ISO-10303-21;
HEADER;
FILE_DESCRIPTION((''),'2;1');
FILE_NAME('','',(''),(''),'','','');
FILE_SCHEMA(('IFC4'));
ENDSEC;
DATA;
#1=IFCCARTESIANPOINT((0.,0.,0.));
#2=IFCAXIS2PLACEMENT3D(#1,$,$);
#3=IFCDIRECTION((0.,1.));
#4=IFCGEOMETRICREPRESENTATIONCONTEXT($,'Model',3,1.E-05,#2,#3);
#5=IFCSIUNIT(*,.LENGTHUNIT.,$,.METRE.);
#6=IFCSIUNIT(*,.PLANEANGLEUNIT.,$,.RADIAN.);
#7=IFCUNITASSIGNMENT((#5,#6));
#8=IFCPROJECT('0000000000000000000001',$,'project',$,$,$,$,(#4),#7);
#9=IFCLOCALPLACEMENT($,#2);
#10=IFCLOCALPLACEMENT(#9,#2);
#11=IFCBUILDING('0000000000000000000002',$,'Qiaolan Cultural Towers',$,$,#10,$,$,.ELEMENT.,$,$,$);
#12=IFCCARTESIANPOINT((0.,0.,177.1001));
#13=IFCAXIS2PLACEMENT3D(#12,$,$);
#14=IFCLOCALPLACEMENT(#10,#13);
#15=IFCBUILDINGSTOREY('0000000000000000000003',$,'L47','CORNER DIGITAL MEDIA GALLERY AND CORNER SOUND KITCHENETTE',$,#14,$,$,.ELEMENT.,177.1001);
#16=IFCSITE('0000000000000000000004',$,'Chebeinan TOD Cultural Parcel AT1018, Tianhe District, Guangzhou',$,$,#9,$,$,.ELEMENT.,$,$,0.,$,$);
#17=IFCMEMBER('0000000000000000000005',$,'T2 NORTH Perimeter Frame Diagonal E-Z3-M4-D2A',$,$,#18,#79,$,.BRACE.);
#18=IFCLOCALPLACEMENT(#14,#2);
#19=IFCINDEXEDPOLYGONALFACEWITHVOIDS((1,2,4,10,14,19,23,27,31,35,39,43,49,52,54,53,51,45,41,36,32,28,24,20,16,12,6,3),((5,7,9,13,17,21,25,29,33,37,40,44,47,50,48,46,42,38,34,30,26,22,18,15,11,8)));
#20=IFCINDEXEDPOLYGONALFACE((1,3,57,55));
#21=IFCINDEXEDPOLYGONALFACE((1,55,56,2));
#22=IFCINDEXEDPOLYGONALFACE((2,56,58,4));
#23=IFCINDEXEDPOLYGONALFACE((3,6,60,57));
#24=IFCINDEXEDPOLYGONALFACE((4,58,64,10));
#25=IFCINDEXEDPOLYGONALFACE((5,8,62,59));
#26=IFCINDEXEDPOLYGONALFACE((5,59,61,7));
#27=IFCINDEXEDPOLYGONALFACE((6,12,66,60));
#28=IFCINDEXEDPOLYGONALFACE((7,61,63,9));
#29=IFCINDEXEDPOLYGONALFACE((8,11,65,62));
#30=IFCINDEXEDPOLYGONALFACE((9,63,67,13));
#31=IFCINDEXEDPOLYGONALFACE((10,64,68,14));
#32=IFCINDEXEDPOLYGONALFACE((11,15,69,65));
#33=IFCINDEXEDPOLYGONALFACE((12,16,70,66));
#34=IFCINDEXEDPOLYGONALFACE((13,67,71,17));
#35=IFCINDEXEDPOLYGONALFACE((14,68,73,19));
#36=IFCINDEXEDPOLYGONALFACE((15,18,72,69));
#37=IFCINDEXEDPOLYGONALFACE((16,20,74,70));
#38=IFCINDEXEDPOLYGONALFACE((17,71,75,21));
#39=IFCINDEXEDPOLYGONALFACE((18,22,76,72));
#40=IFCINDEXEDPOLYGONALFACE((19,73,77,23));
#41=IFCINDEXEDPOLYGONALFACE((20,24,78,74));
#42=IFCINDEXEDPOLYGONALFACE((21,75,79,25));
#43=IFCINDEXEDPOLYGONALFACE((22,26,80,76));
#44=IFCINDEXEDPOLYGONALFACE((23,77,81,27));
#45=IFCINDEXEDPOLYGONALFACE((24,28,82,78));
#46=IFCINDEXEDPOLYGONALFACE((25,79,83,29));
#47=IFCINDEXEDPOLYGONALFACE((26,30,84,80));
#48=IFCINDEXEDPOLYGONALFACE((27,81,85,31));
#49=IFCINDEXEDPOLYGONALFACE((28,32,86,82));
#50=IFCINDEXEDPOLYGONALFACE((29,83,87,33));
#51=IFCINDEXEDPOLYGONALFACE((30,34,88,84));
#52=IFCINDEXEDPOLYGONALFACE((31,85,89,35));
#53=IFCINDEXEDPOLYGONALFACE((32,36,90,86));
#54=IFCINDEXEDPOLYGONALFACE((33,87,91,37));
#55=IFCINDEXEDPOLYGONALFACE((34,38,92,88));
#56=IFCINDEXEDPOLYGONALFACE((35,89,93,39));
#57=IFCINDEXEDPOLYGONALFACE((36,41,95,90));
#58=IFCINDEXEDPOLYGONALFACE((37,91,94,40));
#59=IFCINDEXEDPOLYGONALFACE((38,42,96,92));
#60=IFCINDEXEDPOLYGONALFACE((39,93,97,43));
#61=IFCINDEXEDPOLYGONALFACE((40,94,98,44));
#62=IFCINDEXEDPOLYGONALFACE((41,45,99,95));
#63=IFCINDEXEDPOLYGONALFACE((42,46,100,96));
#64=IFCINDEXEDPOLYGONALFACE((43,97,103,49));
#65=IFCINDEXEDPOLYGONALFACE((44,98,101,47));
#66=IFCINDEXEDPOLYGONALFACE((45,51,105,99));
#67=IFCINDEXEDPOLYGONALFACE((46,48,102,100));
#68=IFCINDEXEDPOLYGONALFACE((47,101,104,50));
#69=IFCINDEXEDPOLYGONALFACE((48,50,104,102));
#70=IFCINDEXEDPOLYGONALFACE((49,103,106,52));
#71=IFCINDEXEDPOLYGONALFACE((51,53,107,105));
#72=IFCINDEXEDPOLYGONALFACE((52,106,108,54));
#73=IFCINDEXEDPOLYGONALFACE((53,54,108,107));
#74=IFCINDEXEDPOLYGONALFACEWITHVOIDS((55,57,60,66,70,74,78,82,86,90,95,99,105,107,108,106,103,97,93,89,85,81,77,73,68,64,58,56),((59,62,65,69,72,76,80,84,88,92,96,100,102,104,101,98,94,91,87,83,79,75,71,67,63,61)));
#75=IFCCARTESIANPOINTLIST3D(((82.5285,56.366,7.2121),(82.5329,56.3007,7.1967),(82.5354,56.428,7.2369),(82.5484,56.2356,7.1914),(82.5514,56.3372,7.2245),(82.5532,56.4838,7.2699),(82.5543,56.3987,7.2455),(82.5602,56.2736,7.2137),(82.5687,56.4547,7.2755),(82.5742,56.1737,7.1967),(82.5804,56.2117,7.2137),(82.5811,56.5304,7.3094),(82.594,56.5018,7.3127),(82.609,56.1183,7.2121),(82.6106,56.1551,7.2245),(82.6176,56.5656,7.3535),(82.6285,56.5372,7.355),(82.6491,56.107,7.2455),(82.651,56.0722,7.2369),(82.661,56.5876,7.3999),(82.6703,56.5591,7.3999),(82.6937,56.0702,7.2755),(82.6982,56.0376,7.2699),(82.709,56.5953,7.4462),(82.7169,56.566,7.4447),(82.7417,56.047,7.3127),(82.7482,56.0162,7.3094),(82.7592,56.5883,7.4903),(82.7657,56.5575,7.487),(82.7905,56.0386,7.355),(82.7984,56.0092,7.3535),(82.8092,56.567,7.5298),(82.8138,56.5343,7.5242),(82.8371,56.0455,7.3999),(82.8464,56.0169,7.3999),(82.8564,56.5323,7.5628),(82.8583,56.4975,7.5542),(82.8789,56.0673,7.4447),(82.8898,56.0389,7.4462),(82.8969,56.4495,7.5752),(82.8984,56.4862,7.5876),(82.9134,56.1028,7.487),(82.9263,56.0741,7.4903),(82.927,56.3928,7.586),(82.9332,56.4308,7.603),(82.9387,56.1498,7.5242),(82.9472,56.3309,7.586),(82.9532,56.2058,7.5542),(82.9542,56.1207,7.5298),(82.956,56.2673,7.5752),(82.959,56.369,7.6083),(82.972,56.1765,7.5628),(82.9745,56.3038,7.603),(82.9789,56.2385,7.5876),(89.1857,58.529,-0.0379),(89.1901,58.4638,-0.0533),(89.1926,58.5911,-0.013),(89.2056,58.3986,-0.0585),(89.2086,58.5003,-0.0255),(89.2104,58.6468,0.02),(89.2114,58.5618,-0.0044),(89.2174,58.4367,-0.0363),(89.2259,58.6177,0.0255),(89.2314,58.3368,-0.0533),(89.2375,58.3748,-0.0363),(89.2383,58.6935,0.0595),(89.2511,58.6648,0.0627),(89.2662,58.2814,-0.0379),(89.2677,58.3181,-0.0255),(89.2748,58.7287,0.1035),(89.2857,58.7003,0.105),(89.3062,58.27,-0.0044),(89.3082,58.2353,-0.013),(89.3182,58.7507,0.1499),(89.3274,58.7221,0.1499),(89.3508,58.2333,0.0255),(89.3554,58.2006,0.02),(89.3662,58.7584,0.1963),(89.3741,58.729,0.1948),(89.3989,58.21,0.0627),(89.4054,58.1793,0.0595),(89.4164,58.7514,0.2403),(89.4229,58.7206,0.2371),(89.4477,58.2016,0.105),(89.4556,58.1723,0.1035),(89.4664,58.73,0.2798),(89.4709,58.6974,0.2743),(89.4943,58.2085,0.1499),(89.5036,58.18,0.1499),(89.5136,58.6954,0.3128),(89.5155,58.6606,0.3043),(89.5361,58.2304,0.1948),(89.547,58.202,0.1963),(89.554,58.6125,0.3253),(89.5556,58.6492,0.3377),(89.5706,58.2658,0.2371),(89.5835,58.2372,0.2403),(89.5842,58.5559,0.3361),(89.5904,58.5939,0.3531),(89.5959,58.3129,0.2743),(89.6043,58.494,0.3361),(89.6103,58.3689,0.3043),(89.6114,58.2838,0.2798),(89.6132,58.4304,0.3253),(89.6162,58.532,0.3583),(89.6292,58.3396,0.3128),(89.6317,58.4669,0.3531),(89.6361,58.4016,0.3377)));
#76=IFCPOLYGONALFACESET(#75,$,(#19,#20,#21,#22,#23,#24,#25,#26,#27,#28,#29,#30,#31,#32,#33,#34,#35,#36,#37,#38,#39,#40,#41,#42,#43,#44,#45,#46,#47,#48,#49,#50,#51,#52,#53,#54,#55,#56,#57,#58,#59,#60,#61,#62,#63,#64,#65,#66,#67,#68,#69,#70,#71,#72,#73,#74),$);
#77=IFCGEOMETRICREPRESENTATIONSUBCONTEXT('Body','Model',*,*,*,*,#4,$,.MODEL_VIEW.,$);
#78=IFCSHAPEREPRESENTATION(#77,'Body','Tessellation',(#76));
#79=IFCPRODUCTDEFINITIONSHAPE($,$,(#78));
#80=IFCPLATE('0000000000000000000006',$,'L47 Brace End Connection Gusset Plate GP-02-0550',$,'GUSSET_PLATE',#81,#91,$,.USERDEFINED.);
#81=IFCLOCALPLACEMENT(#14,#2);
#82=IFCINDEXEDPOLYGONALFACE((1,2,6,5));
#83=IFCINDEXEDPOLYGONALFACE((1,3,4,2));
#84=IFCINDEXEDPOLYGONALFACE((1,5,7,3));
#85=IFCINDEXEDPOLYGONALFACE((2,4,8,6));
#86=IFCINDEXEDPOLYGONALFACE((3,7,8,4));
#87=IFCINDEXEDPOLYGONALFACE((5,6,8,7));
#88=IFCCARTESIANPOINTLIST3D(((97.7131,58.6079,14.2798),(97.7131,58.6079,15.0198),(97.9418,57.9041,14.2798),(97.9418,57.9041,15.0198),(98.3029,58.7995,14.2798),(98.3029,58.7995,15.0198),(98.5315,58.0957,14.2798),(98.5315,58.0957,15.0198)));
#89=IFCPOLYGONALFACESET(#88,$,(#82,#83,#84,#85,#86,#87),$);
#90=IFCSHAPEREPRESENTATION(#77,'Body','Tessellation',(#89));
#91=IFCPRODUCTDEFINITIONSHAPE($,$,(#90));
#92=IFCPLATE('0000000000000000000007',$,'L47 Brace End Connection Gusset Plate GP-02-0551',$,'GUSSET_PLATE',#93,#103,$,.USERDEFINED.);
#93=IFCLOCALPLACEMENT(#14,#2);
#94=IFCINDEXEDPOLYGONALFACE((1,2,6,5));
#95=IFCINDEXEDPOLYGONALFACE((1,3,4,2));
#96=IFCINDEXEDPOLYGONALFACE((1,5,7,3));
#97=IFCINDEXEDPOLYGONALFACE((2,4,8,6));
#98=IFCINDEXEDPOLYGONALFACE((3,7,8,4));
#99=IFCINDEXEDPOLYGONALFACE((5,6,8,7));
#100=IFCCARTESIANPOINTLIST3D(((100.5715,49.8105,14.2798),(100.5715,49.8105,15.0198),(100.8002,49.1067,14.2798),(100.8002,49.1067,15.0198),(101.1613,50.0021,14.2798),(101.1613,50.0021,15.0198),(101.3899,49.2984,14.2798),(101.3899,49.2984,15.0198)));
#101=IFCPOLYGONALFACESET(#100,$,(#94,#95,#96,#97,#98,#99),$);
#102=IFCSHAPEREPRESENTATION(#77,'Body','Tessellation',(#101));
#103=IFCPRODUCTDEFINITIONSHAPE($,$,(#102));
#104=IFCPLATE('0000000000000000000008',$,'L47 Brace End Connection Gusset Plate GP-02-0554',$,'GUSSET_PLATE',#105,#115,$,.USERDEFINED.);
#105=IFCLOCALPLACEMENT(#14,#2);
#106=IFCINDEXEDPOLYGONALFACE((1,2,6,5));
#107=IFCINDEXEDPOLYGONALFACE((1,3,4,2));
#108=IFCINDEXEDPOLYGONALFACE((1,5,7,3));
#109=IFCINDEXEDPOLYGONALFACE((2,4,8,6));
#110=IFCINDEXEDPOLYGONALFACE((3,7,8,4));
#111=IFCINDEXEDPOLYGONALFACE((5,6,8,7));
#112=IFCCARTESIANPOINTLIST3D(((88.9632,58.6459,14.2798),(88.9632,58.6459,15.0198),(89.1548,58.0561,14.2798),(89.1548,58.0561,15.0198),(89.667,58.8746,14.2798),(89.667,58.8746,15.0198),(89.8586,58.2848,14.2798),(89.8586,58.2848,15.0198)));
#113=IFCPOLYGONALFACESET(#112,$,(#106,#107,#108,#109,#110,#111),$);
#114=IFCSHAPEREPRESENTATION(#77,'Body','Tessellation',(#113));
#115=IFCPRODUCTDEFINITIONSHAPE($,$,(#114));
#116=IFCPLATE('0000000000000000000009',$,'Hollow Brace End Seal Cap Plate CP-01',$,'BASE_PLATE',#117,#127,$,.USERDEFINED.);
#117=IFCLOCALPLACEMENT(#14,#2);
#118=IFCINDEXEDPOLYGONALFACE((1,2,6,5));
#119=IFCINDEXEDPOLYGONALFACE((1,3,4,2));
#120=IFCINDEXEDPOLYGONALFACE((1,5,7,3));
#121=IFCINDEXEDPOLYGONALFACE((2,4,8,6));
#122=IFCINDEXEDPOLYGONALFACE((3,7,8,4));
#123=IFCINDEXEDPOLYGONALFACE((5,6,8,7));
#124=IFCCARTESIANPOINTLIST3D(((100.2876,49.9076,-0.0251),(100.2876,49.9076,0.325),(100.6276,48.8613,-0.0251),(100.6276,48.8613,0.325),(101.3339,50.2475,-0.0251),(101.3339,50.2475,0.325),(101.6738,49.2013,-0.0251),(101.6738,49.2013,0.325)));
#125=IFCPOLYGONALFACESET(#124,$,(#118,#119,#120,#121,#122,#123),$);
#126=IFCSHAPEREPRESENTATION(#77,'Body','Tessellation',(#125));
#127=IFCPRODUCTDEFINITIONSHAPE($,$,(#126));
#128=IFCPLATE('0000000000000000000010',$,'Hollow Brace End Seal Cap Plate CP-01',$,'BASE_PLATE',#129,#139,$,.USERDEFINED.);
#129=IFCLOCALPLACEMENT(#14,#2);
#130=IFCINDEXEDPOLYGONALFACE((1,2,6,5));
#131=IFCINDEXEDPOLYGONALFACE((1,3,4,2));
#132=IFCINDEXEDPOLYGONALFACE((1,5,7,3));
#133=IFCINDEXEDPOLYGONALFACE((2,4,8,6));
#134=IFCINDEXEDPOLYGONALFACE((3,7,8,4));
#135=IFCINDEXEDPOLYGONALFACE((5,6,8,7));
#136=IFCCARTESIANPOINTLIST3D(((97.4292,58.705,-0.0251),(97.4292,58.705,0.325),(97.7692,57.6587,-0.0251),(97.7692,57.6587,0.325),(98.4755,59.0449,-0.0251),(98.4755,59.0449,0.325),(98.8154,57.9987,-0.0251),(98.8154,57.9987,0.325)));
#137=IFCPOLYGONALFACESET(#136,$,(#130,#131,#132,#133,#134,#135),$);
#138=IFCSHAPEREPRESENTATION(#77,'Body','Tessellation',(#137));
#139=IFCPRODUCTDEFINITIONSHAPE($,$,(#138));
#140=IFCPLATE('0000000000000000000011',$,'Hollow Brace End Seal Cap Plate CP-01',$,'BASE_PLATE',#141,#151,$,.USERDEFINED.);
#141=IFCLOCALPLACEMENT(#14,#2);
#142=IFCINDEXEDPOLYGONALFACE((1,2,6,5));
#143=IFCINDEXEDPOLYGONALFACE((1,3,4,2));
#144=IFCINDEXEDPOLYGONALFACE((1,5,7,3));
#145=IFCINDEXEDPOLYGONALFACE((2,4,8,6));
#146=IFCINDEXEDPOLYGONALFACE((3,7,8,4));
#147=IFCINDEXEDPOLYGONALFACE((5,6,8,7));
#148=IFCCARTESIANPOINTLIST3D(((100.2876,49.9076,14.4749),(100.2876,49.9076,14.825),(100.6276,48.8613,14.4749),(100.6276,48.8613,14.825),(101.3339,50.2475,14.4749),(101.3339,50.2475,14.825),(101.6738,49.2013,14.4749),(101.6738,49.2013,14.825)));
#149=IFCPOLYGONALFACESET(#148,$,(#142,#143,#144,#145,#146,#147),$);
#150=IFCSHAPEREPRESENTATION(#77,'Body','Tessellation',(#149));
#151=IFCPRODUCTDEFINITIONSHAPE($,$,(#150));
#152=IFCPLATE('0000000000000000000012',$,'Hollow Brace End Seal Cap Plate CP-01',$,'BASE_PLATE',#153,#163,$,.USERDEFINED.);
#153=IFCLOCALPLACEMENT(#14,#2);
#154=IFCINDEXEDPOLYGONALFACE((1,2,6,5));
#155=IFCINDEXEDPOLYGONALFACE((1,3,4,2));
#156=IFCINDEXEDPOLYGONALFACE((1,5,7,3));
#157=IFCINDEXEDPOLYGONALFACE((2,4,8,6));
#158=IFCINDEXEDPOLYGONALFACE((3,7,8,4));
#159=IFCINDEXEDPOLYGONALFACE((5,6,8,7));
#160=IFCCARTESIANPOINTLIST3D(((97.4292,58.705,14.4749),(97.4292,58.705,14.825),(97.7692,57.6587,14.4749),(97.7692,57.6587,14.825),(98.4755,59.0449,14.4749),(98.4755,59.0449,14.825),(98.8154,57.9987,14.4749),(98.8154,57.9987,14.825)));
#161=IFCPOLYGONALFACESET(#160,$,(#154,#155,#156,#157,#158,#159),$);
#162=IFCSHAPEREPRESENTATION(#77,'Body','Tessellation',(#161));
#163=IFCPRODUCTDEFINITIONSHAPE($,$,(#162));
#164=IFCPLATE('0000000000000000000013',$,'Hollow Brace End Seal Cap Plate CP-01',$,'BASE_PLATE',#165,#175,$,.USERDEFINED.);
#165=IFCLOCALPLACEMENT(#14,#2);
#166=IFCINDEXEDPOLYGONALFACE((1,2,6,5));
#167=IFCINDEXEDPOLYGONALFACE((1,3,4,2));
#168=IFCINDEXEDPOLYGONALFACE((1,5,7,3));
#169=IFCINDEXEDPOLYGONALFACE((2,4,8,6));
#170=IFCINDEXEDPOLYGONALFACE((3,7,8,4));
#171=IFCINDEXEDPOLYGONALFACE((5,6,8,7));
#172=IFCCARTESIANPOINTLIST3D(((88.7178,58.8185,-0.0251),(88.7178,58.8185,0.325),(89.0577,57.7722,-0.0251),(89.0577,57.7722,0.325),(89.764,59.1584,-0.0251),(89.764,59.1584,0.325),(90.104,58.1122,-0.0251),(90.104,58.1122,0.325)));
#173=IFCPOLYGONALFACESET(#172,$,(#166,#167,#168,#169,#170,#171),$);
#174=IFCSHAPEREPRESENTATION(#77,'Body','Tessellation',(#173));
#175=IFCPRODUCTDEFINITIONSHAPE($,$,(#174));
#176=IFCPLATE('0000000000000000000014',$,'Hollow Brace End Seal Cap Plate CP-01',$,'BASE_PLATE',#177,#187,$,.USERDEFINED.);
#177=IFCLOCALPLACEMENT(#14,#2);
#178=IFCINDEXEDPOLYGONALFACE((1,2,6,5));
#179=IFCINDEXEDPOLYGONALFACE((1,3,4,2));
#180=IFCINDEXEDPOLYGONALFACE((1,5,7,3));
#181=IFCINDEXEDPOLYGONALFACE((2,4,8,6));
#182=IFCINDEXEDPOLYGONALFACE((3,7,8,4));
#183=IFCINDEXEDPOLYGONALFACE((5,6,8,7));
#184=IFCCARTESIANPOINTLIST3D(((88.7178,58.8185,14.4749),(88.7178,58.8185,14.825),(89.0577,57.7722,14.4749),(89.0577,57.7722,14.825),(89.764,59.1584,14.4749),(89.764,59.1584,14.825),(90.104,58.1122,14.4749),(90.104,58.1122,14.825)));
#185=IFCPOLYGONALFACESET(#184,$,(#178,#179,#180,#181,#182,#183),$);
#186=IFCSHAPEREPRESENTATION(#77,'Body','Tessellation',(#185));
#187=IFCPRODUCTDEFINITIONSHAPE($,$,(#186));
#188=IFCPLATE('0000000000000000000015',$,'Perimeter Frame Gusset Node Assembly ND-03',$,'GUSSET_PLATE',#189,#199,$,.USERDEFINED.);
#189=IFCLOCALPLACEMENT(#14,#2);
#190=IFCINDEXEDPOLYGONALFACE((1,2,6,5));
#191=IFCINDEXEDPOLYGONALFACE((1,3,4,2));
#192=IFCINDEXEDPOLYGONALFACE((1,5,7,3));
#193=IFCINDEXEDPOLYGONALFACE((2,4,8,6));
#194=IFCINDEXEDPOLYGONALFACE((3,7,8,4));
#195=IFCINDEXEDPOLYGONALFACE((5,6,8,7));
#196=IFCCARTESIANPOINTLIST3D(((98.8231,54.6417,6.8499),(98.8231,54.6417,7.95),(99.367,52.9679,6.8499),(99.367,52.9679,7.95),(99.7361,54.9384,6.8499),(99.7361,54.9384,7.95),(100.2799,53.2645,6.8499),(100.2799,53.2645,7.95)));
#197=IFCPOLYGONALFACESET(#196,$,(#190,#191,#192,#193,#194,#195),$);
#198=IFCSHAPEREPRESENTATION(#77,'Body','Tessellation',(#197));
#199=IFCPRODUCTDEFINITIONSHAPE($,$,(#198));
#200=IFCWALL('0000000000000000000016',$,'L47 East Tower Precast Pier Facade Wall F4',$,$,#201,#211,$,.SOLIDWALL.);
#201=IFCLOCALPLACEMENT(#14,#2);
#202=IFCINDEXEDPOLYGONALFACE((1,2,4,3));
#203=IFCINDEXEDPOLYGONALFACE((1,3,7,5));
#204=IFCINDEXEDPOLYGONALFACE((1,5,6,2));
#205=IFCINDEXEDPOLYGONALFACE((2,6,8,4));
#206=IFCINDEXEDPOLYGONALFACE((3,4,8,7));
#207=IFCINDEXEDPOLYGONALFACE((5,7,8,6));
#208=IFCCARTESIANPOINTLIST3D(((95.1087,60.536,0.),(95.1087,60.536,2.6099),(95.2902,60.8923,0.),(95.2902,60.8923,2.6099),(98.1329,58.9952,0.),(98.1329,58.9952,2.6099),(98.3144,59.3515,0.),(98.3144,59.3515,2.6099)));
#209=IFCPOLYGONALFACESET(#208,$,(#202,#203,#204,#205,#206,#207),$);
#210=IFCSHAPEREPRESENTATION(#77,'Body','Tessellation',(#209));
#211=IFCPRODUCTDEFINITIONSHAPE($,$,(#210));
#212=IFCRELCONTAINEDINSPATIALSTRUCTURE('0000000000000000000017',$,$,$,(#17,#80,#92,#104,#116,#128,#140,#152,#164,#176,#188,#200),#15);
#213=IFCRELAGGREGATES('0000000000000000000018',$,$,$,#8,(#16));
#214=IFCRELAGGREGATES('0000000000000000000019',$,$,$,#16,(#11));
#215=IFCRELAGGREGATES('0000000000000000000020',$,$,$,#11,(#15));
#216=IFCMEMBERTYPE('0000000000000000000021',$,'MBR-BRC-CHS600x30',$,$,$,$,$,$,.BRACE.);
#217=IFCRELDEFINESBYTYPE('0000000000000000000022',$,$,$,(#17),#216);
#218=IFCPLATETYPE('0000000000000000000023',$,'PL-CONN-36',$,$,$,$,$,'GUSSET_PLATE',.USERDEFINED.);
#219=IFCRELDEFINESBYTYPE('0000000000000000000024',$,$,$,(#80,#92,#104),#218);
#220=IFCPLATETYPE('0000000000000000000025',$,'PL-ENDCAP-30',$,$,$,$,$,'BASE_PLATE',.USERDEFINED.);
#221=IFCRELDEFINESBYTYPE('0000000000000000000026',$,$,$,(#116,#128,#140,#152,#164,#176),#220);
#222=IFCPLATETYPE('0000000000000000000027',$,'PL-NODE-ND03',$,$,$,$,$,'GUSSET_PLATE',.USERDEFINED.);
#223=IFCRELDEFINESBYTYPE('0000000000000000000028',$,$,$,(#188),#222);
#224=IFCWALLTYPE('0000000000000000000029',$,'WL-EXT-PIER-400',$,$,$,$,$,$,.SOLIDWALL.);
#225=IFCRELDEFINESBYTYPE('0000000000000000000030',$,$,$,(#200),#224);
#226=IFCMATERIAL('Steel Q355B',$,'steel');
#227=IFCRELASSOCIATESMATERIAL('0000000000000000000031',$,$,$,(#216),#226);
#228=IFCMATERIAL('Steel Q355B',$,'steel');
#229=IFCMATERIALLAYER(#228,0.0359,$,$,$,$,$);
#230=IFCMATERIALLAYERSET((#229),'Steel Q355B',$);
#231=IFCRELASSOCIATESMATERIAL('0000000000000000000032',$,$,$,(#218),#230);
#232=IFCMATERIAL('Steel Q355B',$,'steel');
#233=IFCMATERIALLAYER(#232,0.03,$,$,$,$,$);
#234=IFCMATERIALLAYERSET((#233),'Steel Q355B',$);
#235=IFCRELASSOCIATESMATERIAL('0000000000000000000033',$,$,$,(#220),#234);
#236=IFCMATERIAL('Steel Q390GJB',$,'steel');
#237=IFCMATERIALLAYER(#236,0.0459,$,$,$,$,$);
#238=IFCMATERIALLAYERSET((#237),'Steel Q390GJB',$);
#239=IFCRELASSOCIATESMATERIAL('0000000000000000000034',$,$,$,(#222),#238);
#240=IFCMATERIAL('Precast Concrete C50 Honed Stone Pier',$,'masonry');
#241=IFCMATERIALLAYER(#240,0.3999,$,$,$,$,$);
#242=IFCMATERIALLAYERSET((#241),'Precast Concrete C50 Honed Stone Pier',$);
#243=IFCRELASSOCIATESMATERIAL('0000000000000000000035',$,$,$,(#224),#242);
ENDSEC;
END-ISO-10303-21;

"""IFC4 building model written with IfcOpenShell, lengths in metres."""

from ifc_helpers import new_model, si_unit, direction, frame, frame_2d, origin, origin_2d, place, context, subcontext, project, spatial, rectangle, hollow_circle, extrude, material, layer, layer_set, material_profile, profile_set, type_object, element, save


model = new_model("IFC4")

# Units and contexts
model_context = context("Model", 3, precision=1e-05, world=origin(), true_north=direction((0.0, 1.0)))
body_context = subcontext(model_context, "Body", "Model", "MODEL_VIEW")
ifc_project = project(units=[si_unit("LENGTHUNIT", "METRE"), si_unit("PLANEANGLEUNIT", "RADIAN")], contexts=[model_context])

# Site, building, storey
site_placement = place(None, origin())
site = spatial("IfcSite", under=ifc_project, at=site_placement, Name="Chebeinan TOD Cultural Parcel AT1018, Tianhe District, Guangzhou", CompositionType="ELEMENT", RefElevation=0.0)
building_placement = place(site_placement, origin())
building = spatial("IfcBuilding", under=site, at=building_placement, Name="Qiaolan Cultural Towers", CompositionType="ELEMENT")
storey_placement = place(building_placement, frame((0.0, 0.0, 177.1001)))
storey = spatial("IfcBuildingStorey", under=building, at=storey_placement, Name="L47", Description="CORNER DIGITAL MEDIA GALLERY AND CORNER SOUND KITCHENETTE", CompositionType="ELEMENT", Elevation=177.1001)

# Member
ifc_material_1 = material(Name="Steel Q355B", Category="steel")
ifc_material_profile_1 = material_profile(ifc_material_1, hollow_circle(Radius=0.3, WallThickness=0.03, at=origin_2d()), Name="CHS600x30")
ifc_profile_set_1 = profile_set([ifc_material_profile_1], Name="Steel Q355B")
member_type = type_object("IfcMemberType", Name="MBR-BRC-CHS600x30", PredefinedType="BRACE", material=ifc_profile_set_1)
member_placement = place(storey_placement, frame((89.4109, 58.4653, 0.1499), z_axis=(-0.66059, -0.214641, 0.71941), x_axis=(0.30902, -0.951056, 0.0)))
element("IfcMember", 1, at=member_placement, inside=storey, type_object=member_type, Name="T2 NORTH Perimeter Frame Diagonal E-Z3-M4-D2A", PredefinedType="BRACE", context=body_context, shape_type="SweptSolid", body=[
    extrude(hollow_circle(Radius=0.3, WallThickness=0.03, at=origin_2d()), origin(), (0.0, 0.0, 1.0), 10.0776),
])

# Plates
ifc_material_2 = material(Name="Steel Q355B", Category="steel")
ifc_layer_1 = layer(ifc_material_2, 0.0359)
ifc_layer_set_1 = layer_set([ifc_layer_1], Name="Steel Q355B")
plate_type_1 = type_object("IfcPlateType", Name="PL-CONN-36", ElementType="GUSSET_PLATE", PredefinedType="USERDEFINED", material=ifc_layer_set_1)
for number, where, z_axis, x_axis, name in (
    (2, (98.1223, 58.3518, 14.2798), (0.0, 0.0, 1.0), (-0.309017, 0.951057, 0.0), "L47 Brace End Connection Gusset Plate GP-02-0550"),
    (3, (100.9807, 49.5544, 14.2798), (0.0, 0.0, 1.0), (-0.309017, 0.951057, 0.0), "L47 Brace End Connection Gusset Plate GP-02-0551"),
    (4, (89.4109, 58.4653, 14.2798), (0.0, 0.0, 1.0), (0.951057, 0.309017, 0.0), "L47 Brace End Connection Gusset Plate GP-02-0554"),
):
    element("IfcPlate", number, at=place(storey_placement, frame(where, z_axis=z_axis, x_axis=x_axis)), inside=storey, type_object=plate_type_1, Name=name, ObjectType="GUSSET_PLATE", PredefinedType="USERDEFINED", context=body_context, shape_type="SweptSolid", body=[
        extrude(rectangle(XDim=0.74, YDim=0.6201, at=origin_2d()), origin(), (0.0, 0.0, 1.0), 0.74),
    ])
ifc_material_3 = material(Name="Steel Q355B", Category="steel")
ifc_layer_2 = layer(ifc_material_3, 0.03)
ifc_layer_set_2 = layer_set([ifc_layer_2], Name="Steel Q355B")
plate_type_2 = type_object("IfcPlateType", Name="PL-ENDCAP-30", ElementType="BASE_PLATE", PredefinedType="USERDEFINED", material=ifc_layer_set_2)
for number, where, z_axis, x_axis, name in (
    (5, (100.9807, 49.5544, -0.0251), (0.0, 0.0, 1.0), (-0.309017, 0.951057, 0.0), "Hollow Brace End Seal Cap Plate CP-01"),
    (6, (98.1223, 58.3518, -0.0251), (0.0, 0.0, 1.0), (-0.309017, 0.951057, 0.0), "Hollow Brace End Seal Cap Plate CP-01"),
    (7, (100.9807, 49.5544, 14.4749), (0.0, 0.0, 1.0), (-0.309017, 0.951057, 0.0), "Hollow Brace End Seal Cap Plate CP-01"),
    (8, (98.1223, 58.3518, 14.4749), (0.0, 0.0, 1.0), (-0.309017, 0.951057, 0.0), "Hollow Brace End Seal Cap Plate CP-01"),
    (9, (89.4109, 58.4653, -0.0251), (0.0, 0.0, 1.0), (0.951057, 0.309017, 0.0), "Hollow Brace End Seal Cap Plate CP-01"),
    (10, (89.4109, 58.4653, 14.4749), (0.0, 0.0, 1.0), (0.951057, 0.309017, 0.0), "Hollow Brace End Seal Cap Plate CP-01"),
):
    element("IfcPlate", number, at=place(storey_placement, frame(where, z_axis=z_axis, x_axis=x_axis)), inside=storey, type_object=plate_type_2, Name=name, ObjectType="BASE_PLATE", PredefinedType="USERDEFINED", context=body_context, shape_type="SweptSolid", body=[
        extrude(rectangle(XDim=1.1001, YDim=1.1001, at=origin_2d()), origin(), (0.0, 0.0, 1.0), 0.3501),
    ])
ifc_material_4 = material(Name="Steel Q390GJB", Category="steel")
ifc_layer_3 = layer(ifc_material_4, 0.0459)
ifc_layer_set_3 = layer_set([ifc_layer_3], Name="Steel Q390GJB")
plate_type_3 = type_object("IfcPlateType", Name="PL-NODE-ND03", ElementType="GUSSET_PLATE", PredefinedType="USERDEFINED", material=ifc_layer_set_3)
plate_placement = place(storey_placement, frame((99.5515, 53.9531, 6.8499), z_axis=(0.0, 0.0, 1.0), x_axis=(-0.309017, 0.951057, 0.0)))
element("IfcPlate", 11, at=plate_placement, inside=storey, type_object=plate_type_3, Name="Perimeter Frame Gusset Node Assembly ND-03", ObjectType="GUSSET_PLATE", PredefinedType="USERDEFINED", context=body_context, shape_type="SweptSolid", body=[
    extrude(rectangle(XDim=1.76, YDim=0.96, at=origin_2d()), origin(), (0.0, 0.0, 1.0), 1.1001),
])

# Wall
ifc_material_5 = material(Name="Precast Concrete C50 Honed Stone Pier", Category="masonry")
ifc_layer_4 = layer(ifc_material_5, 0.3999)
ifc_layer_set_4 = layer_set([ifc_layer_4], Name="Precast Concrete C50 Honed Stone Pier")
wall_type_1 = type_object("IfcWallType", Name="WL-EXT-PIER-400", PredefinedType="SOLIDWALL", material=ifc_layer_set_4)
wall_1_placement = place(storey_placement, frame((95.1995, 60.7141, 0.0), z_axis=(0.0, 0.0, 1.0), x_axis=(0.891021, -0.453962, 0.0)))
element("IfcWall", 12, at=wall_1_placement, inside=storey, type_object=wall_type_1, Name="L47 East Tower Precast Pier Facade Wall F4", PredefinedType="SOLIDWALL", context=body_context, shape_type="SweptSolid", body=[
    extrude(rectangle(XDim=3.394, YDim=0.3999, at=frame_2d((1.697, 0.0))), origin(), (0.0, 0.0, 1.0), 2.6099),
])

save(model, "model.ifc")
